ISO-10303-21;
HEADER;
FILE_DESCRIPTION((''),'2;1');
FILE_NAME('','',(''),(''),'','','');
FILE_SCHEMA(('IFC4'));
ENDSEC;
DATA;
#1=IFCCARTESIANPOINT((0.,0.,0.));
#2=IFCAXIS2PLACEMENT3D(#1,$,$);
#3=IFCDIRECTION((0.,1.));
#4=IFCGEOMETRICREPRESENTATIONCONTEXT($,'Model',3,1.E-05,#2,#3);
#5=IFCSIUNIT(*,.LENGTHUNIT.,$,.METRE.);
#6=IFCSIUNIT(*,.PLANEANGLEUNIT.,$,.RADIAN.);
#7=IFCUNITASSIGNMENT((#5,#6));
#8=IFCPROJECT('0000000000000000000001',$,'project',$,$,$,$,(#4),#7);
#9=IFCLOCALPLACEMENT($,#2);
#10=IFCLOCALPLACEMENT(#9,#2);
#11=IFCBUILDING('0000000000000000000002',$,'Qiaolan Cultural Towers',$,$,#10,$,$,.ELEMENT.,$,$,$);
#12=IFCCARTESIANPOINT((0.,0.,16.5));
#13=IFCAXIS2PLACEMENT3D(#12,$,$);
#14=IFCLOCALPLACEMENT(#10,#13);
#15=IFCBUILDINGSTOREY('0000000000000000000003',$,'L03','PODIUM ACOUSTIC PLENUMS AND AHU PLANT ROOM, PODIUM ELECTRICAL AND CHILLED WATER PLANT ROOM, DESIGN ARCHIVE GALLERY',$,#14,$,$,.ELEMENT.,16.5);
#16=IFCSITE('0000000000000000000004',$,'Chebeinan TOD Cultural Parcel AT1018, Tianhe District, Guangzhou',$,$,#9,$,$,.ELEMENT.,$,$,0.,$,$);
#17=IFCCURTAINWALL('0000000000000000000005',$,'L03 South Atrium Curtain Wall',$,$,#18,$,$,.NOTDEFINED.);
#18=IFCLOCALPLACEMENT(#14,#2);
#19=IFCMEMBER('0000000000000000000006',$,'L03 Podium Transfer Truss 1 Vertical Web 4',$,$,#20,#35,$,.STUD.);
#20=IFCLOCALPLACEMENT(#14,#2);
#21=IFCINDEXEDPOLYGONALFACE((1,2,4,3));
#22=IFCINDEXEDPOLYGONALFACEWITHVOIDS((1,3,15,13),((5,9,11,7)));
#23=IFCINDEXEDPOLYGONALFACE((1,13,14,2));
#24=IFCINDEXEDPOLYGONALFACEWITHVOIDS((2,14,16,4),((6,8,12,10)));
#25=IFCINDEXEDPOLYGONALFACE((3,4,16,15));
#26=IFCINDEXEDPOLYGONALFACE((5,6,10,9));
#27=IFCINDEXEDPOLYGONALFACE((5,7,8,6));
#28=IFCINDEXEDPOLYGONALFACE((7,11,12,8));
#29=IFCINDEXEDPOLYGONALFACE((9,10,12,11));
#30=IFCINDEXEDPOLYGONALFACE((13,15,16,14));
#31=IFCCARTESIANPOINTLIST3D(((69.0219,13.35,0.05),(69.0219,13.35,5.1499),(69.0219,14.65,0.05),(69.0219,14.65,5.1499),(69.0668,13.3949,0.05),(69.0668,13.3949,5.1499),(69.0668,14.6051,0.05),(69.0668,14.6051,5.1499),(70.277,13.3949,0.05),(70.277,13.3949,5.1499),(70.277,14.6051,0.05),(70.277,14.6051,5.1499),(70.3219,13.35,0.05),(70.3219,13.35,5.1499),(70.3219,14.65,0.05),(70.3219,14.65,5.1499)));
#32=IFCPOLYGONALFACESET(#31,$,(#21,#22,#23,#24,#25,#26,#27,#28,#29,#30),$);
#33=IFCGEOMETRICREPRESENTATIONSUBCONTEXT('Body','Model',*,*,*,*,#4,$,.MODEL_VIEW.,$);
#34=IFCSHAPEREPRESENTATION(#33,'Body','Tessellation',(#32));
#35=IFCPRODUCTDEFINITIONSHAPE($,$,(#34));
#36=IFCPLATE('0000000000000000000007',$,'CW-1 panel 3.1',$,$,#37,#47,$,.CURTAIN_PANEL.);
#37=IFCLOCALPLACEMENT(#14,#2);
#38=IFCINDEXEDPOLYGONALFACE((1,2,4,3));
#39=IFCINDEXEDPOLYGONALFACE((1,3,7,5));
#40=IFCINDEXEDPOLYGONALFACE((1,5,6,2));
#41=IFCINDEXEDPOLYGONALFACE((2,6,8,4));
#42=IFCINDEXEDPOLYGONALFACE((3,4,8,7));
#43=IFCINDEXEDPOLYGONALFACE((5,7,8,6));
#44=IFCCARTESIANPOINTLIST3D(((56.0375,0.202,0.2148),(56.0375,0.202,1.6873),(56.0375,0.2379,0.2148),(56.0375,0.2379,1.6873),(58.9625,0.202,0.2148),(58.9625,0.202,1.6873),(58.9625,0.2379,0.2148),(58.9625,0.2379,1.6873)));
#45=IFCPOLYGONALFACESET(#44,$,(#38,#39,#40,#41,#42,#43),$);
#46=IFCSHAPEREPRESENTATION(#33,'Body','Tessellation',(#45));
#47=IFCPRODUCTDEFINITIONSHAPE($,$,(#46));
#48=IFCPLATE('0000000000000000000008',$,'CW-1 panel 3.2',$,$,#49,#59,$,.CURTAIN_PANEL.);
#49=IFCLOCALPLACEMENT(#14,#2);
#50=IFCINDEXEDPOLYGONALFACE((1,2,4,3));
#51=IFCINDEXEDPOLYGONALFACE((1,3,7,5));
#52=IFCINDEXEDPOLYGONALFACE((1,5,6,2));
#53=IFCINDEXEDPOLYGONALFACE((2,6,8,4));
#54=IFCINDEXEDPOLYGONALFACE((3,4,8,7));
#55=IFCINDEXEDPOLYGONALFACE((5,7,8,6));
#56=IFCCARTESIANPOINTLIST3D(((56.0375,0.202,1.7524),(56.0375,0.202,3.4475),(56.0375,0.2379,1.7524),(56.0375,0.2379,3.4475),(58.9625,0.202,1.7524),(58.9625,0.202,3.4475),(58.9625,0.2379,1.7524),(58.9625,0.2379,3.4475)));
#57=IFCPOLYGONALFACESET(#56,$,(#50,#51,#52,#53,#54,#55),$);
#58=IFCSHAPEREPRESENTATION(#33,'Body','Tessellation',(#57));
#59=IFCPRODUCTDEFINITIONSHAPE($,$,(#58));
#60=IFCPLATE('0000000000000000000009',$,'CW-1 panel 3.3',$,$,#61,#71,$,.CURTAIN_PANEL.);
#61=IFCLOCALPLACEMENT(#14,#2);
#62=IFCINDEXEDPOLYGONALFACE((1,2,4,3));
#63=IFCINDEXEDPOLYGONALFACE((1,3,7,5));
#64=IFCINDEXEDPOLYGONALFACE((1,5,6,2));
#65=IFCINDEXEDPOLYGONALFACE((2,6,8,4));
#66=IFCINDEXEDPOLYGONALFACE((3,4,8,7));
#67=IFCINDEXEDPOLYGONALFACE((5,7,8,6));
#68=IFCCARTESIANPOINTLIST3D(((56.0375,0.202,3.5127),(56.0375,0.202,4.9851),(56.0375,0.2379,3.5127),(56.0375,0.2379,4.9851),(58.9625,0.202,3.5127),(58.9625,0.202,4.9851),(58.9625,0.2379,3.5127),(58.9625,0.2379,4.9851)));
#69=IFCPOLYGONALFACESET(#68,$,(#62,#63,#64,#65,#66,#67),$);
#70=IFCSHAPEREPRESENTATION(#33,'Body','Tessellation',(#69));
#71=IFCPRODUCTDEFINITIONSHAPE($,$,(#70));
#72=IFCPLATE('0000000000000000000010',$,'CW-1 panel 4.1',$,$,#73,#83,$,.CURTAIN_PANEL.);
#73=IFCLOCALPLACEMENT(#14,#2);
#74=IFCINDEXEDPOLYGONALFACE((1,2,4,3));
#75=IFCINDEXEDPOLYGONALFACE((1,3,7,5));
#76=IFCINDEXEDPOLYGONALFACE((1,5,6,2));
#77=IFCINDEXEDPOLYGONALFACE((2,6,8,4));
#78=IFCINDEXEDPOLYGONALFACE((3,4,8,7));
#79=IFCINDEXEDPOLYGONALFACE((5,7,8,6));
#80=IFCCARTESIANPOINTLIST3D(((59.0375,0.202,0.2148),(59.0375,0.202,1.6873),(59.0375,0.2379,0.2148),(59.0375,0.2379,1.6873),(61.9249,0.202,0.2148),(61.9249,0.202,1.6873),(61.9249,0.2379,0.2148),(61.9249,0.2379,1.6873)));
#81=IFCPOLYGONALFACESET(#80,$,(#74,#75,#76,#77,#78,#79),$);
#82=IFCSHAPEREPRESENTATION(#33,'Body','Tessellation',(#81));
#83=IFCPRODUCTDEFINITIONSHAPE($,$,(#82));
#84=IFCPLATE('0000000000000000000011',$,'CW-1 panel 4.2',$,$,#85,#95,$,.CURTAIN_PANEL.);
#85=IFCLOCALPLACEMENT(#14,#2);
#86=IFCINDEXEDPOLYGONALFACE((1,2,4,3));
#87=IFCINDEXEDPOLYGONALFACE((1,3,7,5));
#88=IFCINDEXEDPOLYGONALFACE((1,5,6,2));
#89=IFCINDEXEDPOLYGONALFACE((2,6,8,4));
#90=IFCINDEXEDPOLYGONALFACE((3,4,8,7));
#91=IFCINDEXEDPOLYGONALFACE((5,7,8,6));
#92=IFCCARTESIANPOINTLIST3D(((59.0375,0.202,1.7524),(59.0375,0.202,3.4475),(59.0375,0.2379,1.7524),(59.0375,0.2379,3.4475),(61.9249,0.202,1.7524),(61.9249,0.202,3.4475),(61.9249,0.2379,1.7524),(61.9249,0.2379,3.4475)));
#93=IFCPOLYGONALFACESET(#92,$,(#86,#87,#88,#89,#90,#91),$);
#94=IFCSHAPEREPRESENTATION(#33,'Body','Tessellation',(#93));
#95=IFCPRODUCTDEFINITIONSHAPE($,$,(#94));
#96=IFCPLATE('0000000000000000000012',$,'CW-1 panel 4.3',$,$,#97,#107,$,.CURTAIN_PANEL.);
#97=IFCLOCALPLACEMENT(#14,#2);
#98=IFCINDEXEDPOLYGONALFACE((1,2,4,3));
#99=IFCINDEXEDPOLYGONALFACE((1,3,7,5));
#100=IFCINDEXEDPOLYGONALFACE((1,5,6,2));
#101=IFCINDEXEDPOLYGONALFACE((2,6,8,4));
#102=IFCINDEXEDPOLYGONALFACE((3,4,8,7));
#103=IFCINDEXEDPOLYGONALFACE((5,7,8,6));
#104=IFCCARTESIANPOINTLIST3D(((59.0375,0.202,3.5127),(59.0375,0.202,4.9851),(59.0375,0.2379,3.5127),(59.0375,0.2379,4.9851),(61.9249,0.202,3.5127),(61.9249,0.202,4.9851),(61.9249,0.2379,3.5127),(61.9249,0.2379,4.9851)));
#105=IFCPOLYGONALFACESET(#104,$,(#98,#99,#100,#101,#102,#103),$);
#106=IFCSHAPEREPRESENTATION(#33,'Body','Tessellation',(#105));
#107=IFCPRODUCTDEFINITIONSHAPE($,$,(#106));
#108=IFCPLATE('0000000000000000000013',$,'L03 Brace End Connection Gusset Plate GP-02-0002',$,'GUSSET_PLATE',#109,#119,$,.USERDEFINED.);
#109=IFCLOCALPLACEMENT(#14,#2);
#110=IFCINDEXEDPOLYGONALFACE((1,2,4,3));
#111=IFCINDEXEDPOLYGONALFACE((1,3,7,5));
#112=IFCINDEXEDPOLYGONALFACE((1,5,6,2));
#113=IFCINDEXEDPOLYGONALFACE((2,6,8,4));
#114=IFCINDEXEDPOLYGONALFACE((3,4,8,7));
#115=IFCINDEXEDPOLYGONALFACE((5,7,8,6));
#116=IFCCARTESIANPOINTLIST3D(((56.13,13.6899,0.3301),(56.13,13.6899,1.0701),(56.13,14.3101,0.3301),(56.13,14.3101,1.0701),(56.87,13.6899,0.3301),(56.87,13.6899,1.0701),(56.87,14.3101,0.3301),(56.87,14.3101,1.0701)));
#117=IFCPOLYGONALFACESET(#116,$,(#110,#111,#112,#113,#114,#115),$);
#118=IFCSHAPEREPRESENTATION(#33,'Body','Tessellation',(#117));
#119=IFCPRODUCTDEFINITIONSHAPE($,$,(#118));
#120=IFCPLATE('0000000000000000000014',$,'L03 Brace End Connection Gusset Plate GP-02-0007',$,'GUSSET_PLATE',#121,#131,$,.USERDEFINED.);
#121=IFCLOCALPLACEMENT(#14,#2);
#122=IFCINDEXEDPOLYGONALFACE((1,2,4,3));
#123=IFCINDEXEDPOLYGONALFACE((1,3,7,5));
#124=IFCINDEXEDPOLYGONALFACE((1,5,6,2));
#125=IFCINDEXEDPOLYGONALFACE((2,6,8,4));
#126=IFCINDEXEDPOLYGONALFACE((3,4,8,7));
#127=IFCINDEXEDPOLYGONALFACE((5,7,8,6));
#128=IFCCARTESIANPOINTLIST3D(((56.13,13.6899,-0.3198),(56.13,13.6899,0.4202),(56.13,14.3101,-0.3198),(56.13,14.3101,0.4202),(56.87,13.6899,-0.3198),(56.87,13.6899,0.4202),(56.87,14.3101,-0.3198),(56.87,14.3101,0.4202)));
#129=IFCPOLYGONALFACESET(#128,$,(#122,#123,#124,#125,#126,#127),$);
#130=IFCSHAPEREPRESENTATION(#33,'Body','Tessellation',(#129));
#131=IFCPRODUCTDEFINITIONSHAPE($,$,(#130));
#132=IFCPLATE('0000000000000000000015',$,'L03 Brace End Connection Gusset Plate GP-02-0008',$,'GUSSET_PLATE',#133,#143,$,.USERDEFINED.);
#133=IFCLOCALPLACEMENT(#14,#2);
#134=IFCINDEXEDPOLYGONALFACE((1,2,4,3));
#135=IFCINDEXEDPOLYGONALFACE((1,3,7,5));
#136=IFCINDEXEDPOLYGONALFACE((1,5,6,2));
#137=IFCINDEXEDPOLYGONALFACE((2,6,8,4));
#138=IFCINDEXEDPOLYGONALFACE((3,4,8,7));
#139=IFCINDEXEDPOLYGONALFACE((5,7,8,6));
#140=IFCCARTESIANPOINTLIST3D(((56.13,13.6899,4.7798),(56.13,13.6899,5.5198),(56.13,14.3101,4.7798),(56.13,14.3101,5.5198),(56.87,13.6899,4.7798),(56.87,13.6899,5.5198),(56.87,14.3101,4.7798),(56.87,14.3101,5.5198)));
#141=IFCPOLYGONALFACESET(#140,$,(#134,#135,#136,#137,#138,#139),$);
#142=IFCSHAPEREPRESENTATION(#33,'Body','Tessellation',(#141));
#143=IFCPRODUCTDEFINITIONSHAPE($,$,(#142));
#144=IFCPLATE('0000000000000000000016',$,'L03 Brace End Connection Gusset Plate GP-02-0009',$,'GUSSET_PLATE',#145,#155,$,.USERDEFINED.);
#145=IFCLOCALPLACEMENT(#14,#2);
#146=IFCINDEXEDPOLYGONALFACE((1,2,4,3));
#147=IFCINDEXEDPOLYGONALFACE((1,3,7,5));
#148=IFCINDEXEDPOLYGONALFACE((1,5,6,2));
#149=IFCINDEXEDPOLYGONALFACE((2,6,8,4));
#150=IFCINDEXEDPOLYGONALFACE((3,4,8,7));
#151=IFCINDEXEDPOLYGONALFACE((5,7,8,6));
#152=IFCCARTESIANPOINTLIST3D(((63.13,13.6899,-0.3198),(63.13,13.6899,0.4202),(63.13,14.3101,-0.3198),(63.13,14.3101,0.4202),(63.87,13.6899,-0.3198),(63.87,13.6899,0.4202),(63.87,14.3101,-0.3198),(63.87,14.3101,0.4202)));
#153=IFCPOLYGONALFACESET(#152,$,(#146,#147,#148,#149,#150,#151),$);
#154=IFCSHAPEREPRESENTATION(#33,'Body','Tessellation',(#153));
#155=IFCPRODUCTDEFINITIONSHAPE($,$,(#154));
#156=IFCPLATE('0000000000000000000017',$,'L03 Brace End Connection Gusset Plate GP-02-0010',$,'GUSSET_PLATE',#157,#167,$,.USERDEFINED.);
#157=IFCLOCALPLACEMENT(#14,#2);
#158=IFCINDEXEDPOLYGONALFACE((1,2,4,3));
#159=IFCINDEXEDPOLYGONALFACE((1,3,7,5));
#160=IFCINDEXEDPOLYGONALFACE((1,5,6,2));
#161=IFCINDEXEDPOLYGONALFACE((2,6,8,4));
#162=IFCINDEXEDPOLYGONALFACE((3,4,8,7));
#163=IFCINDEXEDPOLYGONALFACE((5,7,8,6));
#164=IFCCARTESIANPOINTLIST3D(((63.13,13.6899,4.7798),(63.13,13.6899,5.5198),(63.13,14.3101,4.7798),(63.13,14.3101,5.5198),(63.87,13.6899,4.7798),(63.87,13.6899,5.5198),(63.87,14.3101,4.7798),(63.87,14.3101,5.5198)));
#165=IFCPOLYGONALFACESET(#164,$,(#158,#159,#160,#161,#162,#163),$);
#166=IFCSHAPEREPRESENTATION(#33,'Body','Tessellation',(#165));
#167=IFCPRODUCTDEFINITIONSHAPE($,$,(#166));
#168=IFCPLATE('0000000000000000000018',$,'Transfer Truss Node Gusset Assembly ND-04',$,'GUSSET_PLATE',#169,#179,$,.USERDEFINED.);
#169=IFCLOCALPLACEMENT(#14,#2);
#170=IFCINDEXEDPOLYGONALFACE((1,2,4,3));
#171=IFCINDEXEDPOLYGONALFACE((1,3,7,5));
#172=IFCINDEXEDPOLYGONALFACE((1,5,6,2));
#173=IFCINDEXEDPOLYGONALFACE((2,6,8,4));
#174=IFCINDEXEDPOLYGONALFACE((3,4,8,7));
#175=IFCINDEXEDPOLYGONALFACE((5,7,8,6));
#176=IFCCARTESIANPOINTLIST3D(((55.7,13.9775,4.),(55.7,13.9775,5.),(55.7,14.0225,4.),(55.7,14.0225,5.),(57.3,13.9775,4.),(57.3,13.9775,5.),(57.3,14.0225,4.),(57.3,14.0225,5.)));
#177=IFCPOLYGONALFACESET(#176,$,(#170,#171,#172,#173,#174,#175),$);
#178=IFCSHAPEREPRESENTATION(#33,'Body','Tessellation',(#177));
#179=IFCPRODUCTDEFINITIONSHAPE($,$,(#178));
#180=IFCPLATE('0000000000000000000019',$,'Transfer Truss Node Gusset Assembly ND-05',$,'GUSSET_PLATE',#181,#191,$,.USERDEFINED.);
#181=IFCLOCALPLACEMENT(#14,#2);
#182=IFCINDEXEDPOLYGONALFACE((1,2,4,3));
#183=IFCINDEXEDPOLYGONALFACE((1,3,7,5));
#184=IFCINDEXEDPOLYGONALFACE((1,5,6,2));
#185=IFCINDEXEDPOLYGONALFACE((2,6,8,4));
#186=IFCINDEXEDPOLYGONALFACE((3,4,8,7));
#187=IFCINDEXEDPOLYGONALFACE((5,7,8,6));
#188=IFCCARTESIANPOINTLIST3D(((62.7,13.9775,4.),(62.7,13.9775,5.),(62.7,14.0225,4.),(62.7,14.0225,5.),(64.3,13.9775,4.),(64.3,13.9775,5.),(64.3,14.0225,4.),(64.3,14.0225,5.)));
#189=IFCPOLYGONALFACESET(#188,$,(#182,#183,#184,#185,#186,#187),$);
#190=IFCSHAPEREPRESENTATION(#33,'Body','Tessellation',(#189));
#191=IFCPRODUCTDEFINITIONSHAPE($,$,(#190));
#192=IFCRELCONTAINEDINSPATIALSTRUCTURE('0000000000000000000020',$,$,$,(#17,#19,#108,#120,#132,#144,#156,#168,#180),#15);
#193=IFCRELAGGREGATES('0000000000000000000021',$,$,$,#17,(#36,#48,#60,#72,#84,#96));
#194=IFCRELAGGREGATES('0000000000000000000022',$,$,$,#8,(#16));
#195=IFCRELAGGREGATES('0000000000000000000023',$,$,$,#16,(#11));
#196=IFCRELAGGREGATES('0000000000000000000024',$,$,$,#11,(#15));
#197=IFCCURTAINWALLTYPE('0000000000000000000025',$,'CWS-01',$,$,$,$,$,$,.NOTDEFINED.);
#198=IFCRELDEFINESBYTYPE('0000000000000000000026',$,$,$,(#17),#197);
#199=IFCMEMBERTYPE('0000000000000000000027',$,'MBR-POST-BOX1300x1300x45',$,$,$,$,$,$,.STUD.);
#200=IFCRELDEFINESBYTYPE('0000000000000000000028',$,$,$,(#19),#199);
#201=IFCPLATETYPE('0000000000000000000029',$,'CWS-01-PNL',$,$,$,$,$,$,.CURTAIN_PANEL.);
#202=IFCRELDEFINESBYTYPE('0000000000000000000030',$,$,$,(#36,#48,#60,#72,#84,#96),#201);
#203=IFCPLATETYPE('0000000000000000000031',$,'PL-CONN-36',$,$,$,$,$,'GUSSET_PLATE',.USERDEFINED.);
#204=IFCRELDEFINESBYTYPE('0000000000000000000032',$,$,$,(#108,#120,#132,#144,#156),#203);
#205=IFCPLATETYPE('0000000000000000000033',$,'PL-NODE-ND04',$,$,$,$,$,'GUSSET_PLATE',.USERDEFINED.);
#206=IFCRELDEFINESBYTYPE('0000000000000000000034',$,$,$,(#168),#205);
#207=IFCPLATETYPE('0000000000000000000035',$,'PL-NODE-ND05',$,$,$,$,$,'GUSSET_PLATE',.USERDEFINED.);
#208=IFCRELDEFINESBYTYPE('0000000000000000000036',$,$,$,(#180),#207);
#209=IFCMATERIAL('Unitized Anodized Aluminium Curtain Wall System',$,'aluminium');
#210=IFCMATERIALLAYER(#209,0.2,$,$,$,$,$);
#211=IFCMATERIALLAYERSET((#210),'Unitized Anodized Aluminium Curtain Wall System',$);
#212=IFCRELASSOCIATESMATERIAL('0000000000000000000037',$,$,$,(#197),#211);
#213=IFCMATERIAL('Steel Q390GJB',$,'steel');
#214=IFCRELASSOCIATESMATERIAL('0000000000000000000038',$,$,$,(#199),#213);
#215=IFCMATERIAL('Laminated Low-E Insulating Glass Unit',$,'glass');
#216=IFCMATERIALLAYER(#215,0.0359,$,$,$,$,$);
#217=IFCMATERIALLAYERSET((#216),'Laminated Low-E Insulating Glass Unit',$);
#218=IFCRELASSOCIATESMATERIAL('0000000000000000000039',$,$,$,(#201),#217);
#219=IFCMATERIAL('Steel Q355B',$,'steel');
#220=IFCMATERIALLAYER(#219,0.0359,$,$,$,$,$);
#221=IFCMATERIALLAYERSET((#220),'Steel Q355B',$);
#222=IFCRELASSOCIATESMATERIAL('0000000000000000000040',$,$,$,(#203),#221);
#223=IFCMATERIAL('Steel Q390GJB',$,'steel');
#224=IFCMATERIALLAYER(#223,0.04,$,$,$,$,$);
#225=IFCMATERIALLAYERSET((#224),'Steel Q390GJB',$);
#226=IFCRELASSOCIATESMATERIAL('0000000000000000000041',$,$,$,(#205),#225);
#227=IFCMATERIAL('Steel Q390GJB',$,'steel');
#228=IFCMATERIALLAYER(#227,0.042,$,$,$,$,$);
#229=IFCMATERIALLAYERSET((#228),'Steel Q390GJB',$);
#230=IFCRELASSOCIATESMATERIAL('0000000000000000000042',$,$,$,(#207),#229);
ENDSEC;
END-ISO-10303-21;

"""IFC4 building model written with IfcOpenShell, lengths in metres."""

from ifc_helpers import new_model, si_unit, direction, frame, origin, origin_2d, place, context, subcontext, project, spatial, rectangle, hollow_rectangle, extrude, material, layer, layer_set, material_profile, profile_set, type_object, element, aggregate, save


model = new_model("IFC4")

# Units and contexts
model_context = context("Model", 3, precision=1e-05, world=origin(), true_north=direction((0.0, 1.0)))
body_context = subcontext(model_context, "Body", "Model", "MODEL_VIEW")
ifc_project = project(units=[si_unit("LENGTHUNIT", "METRE"), si_unit("PLANEANGLEUNIT", "RADIAN")], contexts=[model_context])

# Site, building, storey
site_placement = place(None, origin())
site = spatial("IfcSite", under=ifc_project, at=site_placement, Name="Chebeinan TOD Cultural Parcel AT1018, Tianhe District, Guangzhou", CompositionType="ELEMENT", RefElevation=0.0)
building_placement = place(site_placement, origin())
building = spatial("IfcBuilding", under=site, at=building_placement, Name="Qiaolan Cultural Towers", CompositionType="ELEMENT")
storey_placement = place(building_placement, frame((0.0, 0.0, 16.5)))
storey = spatial("IfcBuildingStorey", under=building, at=storey_placement, Name="L03", Description="PODIUM ACOUSTIC PLENUMS AND AHU PLANT ROOM, PODIUM ELECTRICAL AND CHILLED WATER PLANT ROOM, DESIGN ARCHIVE GALLERY", CompositionType="ELEMENT", Elevation=16.5)

# Curtain wall
ifc_material_1 = material(Name="Unitized Anodized Aluminium Curtain Wall System", Category="aluminium")
ifc_layer_1 = layer(ifc_material_1, 0.2)
ifc_layer_set_1 = layer_set([ifc_layer_1], Name="Unitized Anodized Aluminium Curtain Wall System")
curtain_wall_type = type_object("IfcCurtainWallType", Name="CWS-01", PredefinedType="NOTDEFINED", material=ifc_layer_set_1)
curtain_wall_placement = place(storey_placement, origin())
curtain_wall = element("IfcCurtainWall", 1, at=curtain_wall_placement, inside=storey, type_object=curtain_wall_type, Name="L03 South Atrium Curtain Wall", PredefinedType="NOTDEFINED")

# Member
ifc_material_2 = material(Name="Steel Q390GJB", Category="steel")
ifc_material_profile_1 = material_profile(ifc_material_2, hollow_rectangle(XDim=1.3, YDim=1.3, WallThickness=0.0449, at=origin_2d()), Name="BOX1300x1300x45")
ifc_profile_set_1 = profile_set([ifc_material_profile_1], Name="Steel Q390GJB")
member_type_1 = type_object("IfcMemberType", Name="MBR-POST-BOX1300x1300x45", PredefinedType="STUD", material=ifc_profile_set_1)
for number, where, z_axis, x_axis, name in (
    (2, (69.6719, 14.0, 0.05), (0.0, 0.0, 1.0), (1.0, 0.0, 0.0), "L03 Podium Transfer Truss 1 Vertical Web 4"),
):
    element("IfcMember", number, at=place(storey_placement, frame(where, z_axis=z_axis, x_axis=x_axis)), inside=storey, type_object=member_type_1, Name=name, PredefinedType="STUD", context=body_context, shape_type="SweptSolid", body=[
        extrude(hollow_rectangle(XDim=1.3, YDim=1.3, WallThickness=0.0449, at=origin_2d()), origin(), (0.0, 0.0, 1.0), 5.0999),
    ])

# Plates
ifc_material_3 = material(Name="Laminated Low-E Insulating Glass Unit", Category="glass")
ifc_layer_2 = layer(ifc_material_3, 0.0359)
ifc_layer_set_2 = layer_set([ifc_layer_2], Name="Laminated Low-E Insulating Glass Unit")
plate_type_1 = type_object("IfcPlateType", Name="CWS-01-PNL", PredefinedType="CURTAIN_PANEL", material=ifc_layer_set_2)
plate_1_placement = place(storey_placement, frame((57.5, 0.22, 0.2148), z_axis=(0.0, 0.0, 1.0), x_axis=(1.0, 0.0, 0.0)))
plate_1 = element("IfcPlate", 3, at=plate_1_placement, type_object=plate_type_1, Name="CW-1 panel 3.1", PredefinedType="CURTAIN_PANEL", context=body_context, shape_type="SweptSolid", body=[
    extrude(rectangle(XDim=2.925, YDim=0.0359, at=origin_2d()), origin(), (0.0, 0.0, 1.0), 1.4724),
])
plate_2_placement = place(storey_placement, frame((57.5, 0.22, 1.7524), z_axis=(0.0, 0.0, 1.0), x_axis=(1.0, 0.0, 0.0)))
plate_2 = element("IfcPlate", 4, at=plate_2_placement, type_object=plate_type_1, Name="CW-1 panel 3.2", PredefinedType="CURTAIN_PANEL", context=body_context, shape_type="SweptSolid", body=[
    extrude(rectangle(XDim=2.925, YDim=0.0359, at=origin_2d()), origin(), (0.0, 0.0, 1.0), 1.6951),
])
plate_3_placement = place(storey_placement, frame((57.5, 0.22, 3.5127), z_axis=(0.0, 0.0, 1.0), x_axis=(1.0, 0.0, 0.0)))
plate_3 = element("IfcPlate", 5, at=plate_3_placement, type_object=plate_type_1, Name="CW-1 panel 3.3", PredefinedType="CURTAIN_PANEL", context=body_context, shape_type="SweptSolid", body=[
    extrude(rectangle(XDim=2.925, YDim=0.0359, at=origin_2d()), origin(), (0.0, 0.0, 1.0), 1.4724),
])
plate_4_placement = place(storey_placement, frame((60.4812, 0.22, 0.2148), z_axis=(0.0, 0.0, 1.0), x_axis=(1.0, 0.0, 0.0)))
plate_4 = element("IfcPlate", 6, at=plate_4_placement, type_object=plate_type_1, Name="CW-1 panel 4.1", PredefinedType="CURTAIN_PANEL", context=body_context, shape_type="SweptSolid", body=[
    extrude(rectangle(XDim=2.8875, YDim=0.0359, at=origin_2d()), origin(), (0.0, 0.0, 1.0), 1.4724),
])
plate_5_placement = place(storey_placement, frame((60.4812, 0.22, 1.7524), z_axis=(0.0, 0.0, 1.0), x_axis=(1.0, 0.0, 0.0)))
plate_5 = element("IfcPlate", 7, at=plate_5_placement, type_object=plate_type_1, Name="CW-1 panel 4.2", PredefinedType="CURTAIN_PANEL", context=body_context, shape_type="SweptSolid", body=[
    extrude(rectangle(XDim=2.8875, YDim=0.0359, at=origin_2d()), origin(), (0.0, 0.0, 1.0), 1.6951),
])
plate_6_placement = place(storey_placement, frame((60.4812, 0.22, 3.5127), z_axis=(0.0, 0.0, 1.0), x_axis=(1.0, 0.0, 0.0)))
plate_6 = element("IfcPlate", 8, at=plate_6_placement, type_object=plate_type_1, Name="CW-1 panel 4.3", PredefinedType="CURTAIN_PANEL", context=body_context, shape_type="SweptSolid", body=[
    extrude(rectangle(XDim=2.8875, YDim=0.0359, at=origin_2d()), origin(), (0.0, 0.0, 1.0), 1.4724),
])
aggregate(curtain_wall, [plate_1, plate_2, plate_3, plate_4, plate_5, plate_6])

# Plates
ifc_material_4 = material(Name="Steel Q355B", Category="steel")
ifc_layer_3 = layer(ifc_material_4, 0.0359)
ifc_layer_set_3 = layer_set([ifc_layer_3], Name="Steel Q355B")
plate_type_2 = type_object("IfcPlateType", Name="PL-CONN-36", ElementType="GUSSET_PLATE", PredefinedType="USERDEFINED", material=ifc_layer_set_3)
for number, where, z_axis, x_axis, name in (
    (9, (56.5, 14.0, 0.3301), (0.0, 0.0, 1.0), (1.0, 0.0, 0.0), "L03 Brace End Connection Gusset Plate GP-02-0002"),
    (10, (56.5, 14.0, -0.3198), (0.0, 0.0, 1.0), (1.0, 0.0, 0.0), "L03 Brace End Connection Gusset Plate GP-02-0007"),
    (11, (56.5, 14.0, 4.7798), (0.0, 0.0, 1.0), (1.0, 0.0, 0.0), "L03 Brace End Connection Gusset Plate GP-02-0008"),
    (12, (63.5, 14.0, -0.3198), (0.0, 0.0, 1.0), (1.0, 0.0, 0.0), "L03 Brace End Connection Gusset Plate GP-02-0009"),
    (13, (63.5, 14.0, 4.7798), (0.0, 0.0, 1.0), (1.0, 0.0, 0.0), "L03 Brace End Connection Gusset Plate GP-02-0010"),
):
    element("IfcPlate", number, at=place(storey_placement, frame(where, z_axis=z_axis, x_axis=x_axis)), inside=storey, type_object=plate_type_2, Name=name, ObjectType="GUSSET_PLATE", PredefinedType="USERDEFINED", context=body_context, shape_type="SweptSolid", body=[
        extrude(rectangle(XDim=0.74, YDim=0.6201, at=origin_2d()), origin(), (0.0, 0.0, 1.0), 0.74),
    ])
ifc_material_5 = material(Name="Steel Q390GJB", Category="steel")
ifc_layer_4 = layer(ifc_material_5, 0.04)
ifc_layer_set_4 = layer_set([ifc_layer_4], Name="Steel Q390GJB")
plate_type_3 = type_object("IfcPlateType", Name="PL-NODE-ND04", ElementType="GUSSET_PLATE", PredefinedType="USERDEFINED", material=ifc_layer_set_4)
plate_7_placement = place(storey_placement, frame((56.5, 14.0, 4.0), z_axis=(0.0, 0.0, 1.0), x_axis=(1.0, 0.0, 0.0)))
element("IfcPlate", 14, at=plate_7_placement, inside=storey, type_object=plate_type_3, Name="Transfer Truss Node Gusset Assembly ND-04", ObjectType="GUSSET_PLATE", PredefinedType="USERDEFINED", context=body_context, shape_type="SweptSolid", body=[
    extrude(rectangle(XDim=1.6001, YDim=0.0449, at=origin_2d()), origin(), (0.0, 0.0, 1.0), 1.0),
])
ifc_material_6 = material(Name="Steel Q390GJB", Category="steel")
ifc_layer_5 = layer(ifc_material_6, 0.042)
ifc_layer_set_5 = layer_set([ifc_layer_5], Name="Steel Q390GJB")
plate_type_4 = type_object("IfcPlateType", Name="PL-NODE-ND05", ElementType="GUSSET_PLATE", PredefinedType="USERDEFINED", material=ifc_layer_set_5)
plate_8_placement = place(storey_placement, frame((63.5, 14.0, 4.0), z_axis=(0.0, 0.0, 1.0), x_axis=(1.0, 0.0, 0.0)))
element("IfcPlate", 15, at=plate_8_placement, inside=storey, type_object=plate_type_4, Name="Transfer Truss Node Gusset Assembly ND-05", ObjectType="GUSSET_PLATE", PredefinedType="USERDEFINED", context=body_context, shape_type="SweptSolid", body=[
    extrude(rectangle(XDim=1.6001, YDim=0.0449, at=origin_2d()), origin(), (0.0, 0.0, 1.0), 1.0),
])

save(model, "model.ifc")
